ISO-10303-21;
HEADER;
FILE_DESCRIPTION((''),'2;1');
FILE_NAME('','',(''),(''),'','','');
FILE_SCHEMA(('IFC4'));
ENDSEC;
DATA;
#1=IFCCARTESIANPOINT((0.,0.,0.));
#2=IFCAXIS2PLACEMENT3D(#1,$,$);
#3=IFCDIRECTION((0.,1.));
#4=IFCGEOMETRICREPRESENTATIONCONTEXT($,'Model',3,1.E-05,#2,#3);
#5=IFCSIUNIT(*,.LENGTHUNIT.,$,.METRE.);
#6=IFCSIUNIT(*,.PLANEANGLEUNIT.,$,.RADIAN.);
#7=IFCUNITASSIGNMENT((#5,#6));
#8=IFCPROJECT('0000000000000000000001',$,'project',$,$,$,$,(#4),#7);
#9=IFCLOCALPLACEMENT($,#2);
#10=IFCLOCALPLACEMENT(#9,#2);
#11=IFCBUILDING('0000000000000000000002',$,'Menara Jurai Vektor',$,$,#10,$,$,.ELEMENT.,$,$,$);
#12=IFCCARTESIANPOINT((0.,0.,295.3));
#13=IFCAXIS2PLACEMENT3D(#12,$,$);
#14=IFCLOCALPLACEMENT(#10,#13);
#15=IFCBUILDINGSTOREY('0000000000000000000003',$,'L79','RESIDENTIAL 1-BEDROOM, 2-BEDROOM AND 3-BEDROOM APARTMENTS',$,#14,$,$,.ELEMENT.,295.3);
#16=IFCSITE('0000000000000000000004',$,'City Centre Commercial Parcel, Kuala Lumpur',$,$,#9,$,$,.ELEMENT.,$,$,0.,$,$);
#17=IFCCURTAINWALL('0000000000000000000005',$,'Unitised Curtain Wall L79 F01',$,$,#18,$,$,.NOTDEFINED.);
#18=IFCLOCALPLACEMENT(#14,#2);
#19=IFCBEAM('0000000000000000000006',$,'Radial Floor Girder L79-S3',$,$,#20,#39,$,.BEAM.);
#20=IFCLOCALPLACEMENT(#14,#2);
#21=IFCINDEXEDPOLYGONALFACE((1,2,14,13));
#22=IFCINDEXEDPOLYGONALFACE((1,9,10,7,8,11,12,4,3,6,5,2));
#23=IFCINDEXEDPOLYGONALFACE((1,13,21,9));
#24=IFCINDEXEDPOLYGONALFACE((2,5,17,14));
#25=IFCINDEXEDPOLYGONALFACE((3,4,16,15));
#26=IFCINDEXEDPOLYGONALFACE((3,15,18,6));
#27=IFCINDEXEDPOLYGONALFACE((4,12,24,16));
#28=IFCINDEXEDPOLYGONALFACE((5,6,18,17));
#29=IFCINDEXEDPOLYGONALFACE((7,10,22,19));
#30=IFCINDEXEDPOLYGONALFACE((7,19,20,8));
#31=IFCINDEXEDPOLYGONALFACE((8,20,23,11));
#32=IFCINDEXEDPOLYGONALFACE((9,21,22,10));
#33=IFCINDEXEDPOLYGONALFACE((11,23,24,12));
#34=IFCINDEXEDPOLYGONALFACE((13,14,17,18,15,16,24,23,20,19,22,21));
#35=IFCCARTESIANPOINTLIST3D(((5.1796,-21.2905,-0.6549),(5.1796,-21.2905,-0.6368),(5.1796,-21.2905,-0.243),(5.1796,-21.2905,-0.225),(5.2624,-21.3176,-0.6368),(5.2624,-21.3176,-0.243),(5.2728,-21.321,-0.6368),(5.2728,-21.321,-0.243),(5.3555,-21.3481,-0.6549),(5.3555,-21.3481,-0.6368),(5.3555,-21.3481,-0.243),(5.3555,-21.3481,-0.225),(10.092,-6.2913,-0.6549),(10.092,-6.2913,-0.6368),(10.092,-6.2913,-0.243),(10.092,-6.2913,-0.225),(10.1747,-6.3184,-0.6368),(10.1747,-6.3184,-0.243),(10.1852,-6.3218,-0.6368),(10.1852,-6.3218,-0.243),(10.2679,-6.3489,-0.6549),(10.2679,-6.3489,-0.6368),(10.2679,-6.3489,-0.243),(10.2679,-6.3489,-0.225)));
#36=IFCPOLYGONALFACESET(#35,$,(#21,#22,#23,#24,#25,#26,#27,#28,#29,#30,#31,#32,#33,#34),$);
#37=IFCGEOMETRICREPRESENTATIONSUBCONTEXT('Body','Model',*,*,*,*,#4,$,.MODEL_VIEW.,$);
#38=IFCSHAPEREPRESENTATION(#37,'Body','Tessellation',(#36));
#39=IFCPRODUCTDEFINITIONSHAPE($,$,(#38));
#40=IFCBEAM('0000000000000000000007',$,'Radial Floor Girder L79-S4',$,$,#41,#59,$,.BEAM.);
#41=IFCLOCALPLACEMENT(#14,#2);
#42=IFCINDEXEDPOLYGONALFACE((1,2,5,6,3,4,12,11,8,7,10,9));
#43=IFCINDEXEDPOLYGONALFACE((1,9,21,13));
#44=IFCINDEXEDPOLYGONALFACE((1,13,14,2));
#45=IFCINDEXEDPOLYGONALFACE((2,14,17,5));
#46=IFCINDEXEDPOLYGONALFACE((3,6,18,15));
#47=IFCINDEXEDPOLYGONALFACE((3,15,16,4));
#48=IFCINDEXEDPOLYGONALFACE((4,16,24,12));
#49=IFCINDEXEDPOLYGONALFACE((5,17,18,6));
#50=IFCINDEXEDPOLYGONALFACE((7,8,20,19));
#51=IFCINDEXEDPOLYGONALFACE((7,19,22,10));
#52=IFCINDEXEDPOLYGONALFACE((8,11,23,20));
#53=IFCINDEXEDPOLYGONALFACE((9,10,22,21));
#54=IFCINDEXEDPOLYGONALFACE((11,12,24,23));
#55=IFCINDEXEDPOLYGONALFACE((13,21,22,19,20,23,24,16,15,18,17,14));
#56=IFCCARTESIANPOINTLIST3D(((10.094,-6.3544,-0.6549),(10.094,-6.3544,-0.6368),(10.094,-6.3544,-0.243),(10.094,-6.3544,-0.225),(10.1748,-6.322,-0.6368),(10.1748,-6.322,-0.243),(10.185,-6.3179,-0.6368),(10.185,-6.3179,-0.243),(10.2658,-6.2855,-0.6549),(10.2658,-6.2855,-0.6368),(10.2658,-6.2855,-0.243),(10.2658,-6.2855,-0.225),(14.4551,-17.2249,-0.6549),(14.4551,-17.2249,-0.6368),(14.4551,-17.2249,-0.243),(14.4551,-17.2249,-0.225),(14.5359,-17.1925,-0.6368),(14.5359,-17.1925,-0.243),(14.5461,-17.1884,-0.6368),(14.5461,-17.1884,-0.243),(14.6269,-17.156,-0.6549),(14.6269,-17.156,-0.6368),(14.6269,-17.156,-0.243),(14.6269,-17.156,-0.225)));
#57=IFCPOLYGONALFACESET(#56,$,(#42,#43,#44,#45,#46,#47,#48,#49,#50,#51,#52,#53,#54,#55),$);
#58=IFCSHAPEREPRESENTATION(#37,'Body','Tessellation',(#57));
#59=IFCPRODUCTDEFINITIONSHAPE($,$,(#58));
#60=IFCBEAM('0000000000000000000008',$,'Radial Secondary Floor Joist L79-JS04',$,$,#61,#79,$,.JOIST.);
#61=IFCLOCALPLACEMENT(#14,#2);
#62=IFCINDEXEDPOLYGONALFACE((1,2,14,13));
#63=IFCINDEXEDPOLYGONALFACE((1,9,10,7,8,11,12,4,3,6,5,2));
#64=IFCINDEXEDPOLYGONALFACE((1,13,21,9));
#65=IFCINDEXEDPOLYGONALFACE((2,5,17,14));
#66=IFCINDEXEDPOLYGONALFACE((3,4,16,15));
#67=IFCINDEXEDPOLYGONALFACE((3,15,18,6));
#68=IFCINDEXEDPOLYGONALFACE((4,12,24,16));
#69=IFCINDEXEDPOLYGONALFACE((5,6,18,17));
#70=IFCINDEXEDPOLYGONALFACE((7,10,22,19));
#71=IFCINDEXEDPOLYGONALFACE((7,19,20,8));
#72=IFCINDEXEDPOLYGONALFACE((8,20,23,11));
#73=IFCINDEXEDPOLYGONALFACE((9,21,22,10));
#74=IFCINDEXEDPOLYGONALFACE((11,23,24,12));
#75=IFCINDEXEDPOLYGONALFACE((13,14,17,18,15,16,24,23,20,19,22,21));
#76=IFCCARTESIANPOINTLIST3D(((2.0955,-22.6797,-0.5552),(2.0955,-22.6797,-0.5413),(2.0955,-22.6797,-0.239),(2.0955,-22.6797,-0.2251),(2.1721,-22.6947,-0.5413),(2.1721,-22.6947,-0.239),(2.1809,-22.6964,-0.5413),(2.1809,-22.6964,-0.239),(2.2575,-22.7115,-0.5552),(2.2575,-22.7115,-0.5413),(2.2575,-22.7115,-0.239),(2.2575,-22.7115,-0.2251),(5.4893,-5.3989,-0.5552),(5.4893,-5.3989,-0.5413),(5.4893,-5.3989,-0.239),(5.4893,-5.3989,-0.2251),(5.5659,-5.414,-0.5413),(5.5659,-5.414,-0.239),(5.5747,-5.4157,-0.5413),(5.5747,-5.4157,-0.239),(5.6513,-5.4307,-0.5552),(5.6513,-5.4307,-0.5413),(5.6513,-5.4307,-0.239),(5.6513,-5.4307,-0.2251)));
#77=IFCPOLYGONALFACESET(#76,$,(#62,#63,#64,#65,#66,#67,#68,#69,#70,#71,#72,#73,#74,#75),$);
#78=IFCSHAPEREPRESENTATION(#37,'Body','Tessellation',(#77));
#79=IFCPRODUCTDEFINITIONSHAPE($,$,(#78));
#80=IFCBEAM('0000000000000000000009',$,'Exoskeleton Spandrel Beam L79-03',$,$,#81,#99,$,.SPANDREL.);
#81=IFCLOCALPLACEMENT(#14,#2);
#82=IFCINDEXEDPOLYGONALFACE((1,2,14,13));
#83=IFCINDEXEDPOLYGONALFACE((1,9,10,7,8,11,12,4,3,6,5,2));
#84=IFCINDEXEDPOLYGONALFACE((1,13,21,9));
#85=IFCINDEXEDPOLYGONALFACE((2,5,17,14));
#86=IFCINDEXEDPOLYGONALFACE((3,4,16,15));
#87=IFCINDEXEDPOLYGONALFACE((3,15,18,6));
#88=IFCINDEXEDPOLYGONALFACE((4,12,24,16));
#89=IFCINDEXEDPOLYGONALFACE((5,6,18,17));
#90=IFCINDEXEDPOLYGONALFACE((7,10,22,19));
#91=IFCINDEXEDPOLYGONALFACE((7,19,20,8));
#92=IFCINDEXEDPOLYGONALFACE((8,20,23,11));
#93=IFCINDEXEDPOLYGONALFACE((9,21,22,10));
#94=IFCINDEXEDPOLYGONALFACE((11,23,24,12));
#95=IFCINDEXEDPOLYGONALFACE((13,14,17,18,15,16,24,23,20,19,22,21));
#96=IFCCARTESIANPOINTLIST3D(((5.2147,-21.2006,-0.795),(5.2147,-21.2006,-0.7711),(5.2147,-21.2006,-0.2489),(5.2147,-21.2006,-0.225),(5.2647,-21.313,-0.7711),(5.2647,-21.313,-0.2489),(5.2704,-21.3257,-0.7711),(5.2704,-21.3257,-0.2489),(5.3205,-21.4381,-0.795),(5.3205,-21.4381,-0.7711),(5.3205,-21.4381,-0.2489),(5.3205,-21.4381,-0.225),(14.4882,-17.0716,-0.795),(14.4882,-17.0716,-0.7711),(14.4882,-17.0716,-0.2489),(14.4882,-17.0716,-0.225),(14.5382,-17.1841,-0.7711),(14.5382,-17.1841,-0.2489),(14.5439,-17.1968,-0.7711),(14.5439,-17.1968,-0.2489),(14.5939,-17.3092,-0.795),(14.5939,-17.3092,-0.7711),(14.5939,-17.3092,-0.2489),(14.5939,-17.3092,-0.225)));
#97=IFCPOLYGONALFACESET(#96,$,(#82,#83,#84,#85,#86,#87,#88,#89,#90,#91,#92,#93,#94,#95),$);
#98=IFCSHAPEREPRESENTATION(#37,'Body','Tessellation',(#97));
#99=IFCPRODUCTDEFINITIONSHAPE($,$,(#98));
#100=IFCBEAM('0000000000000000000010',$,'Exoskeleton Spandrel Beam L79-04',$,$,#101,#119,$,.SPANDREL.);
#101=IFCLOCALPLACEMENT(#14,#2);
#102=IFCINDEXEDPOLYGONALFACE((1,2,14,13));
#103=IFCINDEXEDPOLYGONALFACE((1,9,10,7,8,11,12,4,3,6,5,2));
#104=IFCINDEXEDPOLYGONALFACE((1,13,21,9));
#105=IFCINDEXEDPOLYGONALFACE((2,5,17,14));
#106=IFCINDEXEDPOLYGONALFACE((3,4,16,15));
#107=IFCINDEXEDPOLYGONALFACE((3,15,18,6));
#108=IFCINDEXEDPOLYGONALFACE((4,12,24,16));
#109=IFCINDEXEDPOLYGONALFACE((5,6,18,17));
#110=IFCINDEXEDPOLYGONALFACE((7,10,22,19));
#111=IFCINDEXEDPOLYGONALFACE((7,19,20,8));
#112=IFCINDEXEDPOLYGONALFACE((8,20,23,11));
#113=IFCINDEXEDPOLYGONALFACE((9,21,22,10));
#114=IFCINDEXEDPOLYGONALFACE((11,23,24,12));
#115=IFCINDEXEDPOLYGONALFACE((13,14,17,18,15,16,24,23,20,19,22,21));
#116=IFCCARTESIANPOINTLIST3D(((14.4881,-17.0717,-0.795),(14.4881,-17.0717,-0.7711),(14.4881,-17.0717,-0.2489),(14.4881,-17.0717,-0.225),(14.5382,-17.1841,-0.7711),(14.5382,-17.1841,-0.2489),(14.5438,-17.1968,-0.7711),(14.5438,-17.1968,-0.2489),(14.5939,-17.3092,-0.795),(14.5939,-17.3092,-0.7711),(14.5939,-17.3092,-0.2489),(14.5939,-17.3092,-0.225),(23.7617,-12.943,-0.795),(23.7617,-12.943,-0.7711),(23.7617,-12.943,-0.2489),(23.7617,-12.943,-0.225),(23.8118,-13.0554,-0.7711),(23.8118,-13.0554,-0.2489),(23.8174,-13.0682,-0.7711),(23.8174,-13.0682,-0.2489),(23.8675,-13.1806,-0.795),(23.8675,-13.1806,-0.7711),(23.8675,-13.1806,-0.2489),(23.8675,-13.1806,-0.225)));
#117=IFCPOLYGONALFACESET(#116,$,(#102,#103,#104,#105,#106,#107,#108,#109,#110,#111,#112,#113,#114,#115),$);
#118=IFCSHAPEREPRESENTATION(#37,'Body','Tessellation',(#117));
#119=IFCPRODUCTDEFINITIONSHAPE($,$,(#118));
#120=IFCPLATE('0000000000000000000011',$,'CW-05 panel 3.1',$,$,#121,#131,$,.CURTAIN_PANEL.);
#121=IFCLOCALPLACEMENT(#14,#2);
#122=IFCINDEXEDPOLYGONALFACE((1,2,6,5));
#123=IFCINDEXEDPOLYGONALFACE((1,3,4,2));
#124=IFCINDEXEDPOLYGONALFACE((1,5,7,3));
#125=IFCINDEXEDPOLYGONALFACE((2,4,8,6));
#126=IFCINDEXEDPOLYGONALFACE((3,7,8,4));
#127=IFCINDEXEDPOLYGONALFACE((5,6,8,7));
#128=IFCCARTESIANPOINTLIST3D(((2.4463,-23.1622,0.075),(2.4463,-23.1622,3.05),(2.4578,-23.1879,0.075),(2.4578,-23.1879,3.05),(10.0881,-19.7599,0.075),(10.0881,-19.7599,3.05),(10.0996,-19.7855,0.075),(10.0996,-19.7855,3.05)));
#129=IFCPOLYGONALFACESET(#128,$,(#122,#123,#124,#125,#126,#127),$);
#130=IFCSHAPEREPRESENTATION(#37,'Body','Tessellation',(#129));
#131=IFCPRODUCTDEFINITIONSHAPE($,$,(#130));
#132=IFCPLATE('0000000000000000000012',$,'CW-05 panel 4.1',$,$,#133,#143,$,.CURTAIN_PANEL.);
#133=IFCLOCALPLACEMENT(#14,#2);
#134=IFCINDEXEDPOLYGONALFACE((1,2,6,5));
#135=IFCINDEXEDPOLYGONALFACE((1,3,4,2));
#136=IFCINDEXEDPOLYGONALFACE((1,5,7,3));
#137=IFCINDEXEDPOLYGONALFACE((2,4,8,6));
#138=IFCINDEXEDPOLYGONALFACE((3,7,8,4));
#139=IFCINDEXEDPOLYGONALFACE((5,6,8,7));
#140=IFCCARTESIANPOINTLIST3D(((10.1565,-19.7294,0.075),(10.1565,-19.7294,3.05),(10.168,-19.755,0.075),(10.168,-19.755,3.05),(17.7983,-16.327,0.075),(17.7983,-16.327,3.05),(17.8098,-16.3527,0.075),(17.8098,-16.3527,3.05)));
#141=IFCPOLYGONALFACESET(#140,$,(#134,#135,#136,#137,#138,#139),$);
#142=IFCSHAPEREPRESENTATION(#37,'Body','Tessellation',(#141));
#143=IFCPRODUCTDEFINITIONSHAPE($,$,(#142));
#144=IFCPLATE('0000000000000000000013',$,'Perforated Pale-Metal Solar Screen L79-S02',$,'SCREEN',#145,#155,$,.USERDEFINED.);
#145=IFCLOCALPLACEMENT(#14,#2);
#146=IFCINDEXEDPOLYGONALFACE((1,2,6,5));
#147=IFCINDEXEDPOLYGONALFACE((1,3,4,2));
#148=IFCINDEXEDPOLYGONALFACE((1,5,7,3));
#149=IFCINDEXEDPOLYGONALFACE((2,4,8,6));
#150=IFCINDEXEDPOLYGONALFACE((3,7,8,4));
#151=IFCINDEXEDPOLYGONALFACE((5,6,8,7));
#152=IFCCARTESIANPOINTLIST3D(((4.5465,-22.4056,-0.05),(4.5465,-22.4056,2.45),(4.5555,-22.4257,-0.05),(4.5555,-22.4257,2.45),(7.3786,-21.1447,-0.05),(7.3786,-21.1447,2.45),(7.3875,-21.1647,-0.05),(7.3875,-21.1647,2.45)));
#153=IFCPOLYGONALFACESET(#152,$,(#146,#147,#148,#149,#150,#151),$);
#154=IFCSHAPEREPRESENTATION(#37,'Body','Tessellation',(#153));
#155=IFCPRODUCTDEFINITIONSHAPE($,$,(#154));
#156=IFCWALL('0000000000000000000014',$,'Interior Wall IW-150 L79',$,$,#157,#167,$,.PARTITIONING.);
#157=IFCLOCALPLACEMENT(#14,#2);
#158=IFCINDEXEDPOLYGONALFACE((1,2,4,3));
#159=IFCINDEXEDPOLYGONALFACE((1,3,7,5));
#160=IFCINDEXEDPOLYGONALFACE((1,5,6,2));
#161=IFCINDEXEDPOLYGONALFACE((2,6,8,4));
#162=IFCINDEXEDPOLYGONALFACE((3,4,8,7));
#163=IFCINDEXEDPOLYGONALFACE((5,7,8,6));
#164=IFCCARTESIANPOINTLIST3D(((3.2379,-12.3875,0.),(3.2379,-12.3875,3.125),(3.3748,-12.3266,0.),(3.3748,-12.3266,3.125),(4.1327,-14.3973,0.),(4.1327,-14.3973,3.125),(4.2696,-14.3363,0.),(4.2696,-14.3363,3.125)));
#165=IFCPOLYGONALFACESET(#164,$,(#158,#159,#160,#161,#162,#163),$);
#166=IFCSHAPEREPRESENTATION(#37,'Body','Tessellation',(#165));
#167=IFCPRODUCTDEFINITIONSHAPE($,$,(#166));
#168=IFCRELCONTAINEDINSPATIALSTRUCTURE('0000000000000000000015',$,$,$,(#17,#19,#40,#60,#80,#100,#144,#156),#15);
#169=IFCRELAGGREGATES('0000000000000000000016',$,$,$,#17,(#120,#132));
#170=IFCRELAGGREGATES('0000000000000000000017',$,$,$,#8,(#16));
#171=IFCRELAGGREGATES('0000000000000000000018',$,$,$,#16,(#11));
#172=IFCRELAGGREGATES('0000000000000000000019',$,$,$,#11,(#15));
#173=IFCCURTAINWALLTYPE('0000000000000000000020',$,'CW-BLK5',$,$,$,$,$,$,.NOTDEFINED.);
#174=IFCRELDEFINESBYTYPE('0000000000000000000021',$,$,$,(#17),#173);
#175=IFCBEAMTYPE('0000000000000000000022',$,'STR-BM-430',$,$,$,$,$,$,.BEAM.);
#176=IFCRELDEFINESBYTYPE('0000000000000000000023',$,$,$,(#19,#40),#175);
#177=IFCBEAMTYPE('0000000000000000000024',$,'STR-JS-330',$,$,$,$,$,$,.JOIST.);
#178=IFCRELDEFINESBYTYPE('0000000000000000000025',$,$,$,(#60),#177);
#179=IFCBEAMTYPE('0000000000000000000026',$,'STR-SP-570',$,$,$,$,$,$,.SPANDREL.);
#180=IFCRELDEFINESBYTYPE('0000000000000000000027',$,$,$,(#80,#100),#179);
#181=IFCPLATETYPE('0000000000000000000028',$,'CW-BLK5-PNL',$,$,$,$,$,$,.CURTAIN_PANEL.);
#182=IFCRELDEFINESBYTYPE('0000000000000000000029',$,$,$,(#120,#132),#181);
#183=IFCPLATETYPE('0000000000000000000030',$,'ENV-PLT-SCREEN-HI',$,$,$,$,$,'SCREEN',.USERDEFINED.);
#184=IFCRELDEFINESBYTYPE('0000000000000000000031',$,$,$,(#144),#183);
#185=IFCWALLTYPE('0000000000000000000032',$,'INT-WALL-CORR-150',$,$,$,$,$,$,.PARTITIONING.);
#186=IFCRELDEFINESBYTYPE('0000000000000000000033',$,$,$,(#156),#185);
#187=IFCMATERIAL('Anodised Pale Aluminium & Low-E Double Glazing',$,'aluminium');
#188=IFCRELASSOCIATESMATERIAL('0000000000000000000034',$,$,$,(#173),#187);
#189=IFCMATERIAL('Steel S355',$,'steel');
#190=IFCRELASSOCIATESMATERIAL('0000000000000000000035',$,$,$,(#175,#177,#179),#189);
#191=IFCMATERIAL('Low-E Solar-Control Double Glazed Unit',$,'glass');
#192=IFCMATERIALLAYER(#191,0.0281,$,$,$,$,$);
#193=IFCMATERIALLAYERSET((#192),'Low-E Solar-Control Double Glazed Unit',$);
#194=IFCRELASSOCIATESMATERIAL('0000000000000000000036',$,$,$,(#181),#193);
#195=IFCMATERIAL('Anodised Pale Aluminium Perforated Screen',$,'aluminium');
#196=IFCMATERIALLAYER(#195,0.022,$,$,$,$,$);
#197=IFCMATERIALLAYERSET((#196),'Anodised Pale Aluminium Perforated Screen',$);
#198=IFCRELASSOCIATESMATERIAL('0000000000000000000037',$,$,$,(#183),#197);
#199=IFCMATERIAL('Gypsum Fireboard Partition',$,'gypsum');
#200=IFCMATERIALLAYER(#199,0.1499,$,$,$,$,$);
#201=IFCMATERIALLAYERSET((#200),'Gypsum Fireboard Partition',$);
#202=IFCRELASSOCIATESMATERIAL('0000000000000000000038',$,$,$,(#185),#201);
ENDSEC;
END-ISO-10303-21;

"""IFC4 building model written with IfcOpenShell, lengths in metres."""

from ifc_helpers import new_model, si_unit, direction, frame, frame_2d, origin, origin_2d, place, context, subcontext, project, spatial, rectangle, i_section, extrude, material, layer, layer_set, material_profile, profile_set, type_object, element, aggregate, save


model = new_model("IFC4")

# Units and contexts
model_context = context("Model", 3, precision=1e-05, world=origin(), true_north=direction((0.0, 1.0)))
body_context = subcontext(model_context, "Body", "Model", "MODEL_VIEW")
ifc_project = project(units=[si_unit("LENGTHUNIT", "METRE"), si_unit("PLANEANGLEUNIT", "RADIAN")], contexts=[model_context])

# Site, building, storey
site_placement = place(None, origin())
site = spatial("IfcSite", under=ifc_project, at=site_placement, Name="City Centre Commercial Parcel, Kuala Lumpur", CompositionType="ELEMENT", RefElevation=0.0)
building_placement = place(site_placement, origin())
building = spatial("IfcBuilding", under=site, at=building_placement, Name="Menara Jurai Vektor", CompositionType="ELEMENT")
storey_placement = place(building_placement, frame((0.0, 0.0, 295.3)))
storey = spatial("IfcBuildingStorey", under=building, at=storey_placement, Name="L79", Description="RESIDENTIAL 1-BEDROOM, 2-BEDROOM AND 3-BEDROOM APARTMENTS", CompositionType="ELEMENT", Elevation=295.3)

# Curtain wall
ifc_material_1 = material(Name="Anodised Pale Aluminium & Low-E Double Glazing", Category="aluminium")
curtain_wall_type = type_object("IfcCurtainWallType", Name="CW-BLK5", PredefinedType="NOTDEFINED", material=ifc_material_1)
curtain_wall_placement = place(storey_placement, origin())
curtain_wall = element("IfcCurtainWall", 1, at=curtain_wall_placement, inside=storey, type_object=curtain_wall_type, Name="Unitised Curtain Wall L79 F01", PredefinedType="NOTDEFINED")

# Beams
ifc_material_2 = material(Name="Steel S355", Category="steel")
ifc_material_profile_1 = material_profile(ifc_material_2, i_section(OverallWidth=0.1851, OverallDepth=0.4299, WebThickness=0.011, FlangeThickness=0.0181, at=origin_2d()), Name="PG 430x185x76")
ifc_profile_set_1 = profile_set([ifc_material_profile_1], Name="Steel S355")
beam_type_1 = type_object("IfcBeamType", Name="STR-BM-430", PredefinedType="BEAM", material=ifc_profile_set_1)
beam_1_placement = place(storey_placement, frame((5.2676, -21.3193, -0.4399), z_axis=(0.311239, 0.950332, 0.0), x_axis=(-0.950332, 0.311239, 0.0)))
element("IfcBeam", 2, at=beam_1_placement, inside=storey, type_object=beam_type_1, Name="Radial Floor Girder L79-S3", PredefinedType="BEAM", context=body_context, shape_type="SweptSolid", body=[
    extrude(i_section(OverallWidth=0.1851, OverallDepth=0.4299, WebThickness=0.011, FlangeThickness=0.0181, at=origin_2d()), origin(), (0.0, 0.0, 1.0), 15.7832),
])
beam_2_placement = place(storey_placement, frame((14.541, -17.1904, -0.4399), z_axis=(-0.372343, 0.928095, 0.0), x_axis=(-0.928095, -0.372343, 0.0)))
element("IfcBeam", 3, at=beam_2_placement, inside=storey, type_object=beam_type_1, Name="Radial Floor Girder L79-S4", PredefinedType="BEAM", context=body_context, shape_type="SweptSolid", body=[
    extrude(i_section(OverallWidth=0.1851, OverallDepth=0.4299, WebThickness=0.011, FlangeThickness=0.0181, at=origin_2d()), origin(), (0.0, 0.0, 1.0), 11.7126),
])
ifc_material_profile_2 = material_profile(ifc_material_2, i_section(OverallWidth=0.165, OverallDepth=0.3301, WebThickness=0.009, FlangeThickness=0.0139, at=origin_2d()), Name="PG 330x165x46")
ifc_profile_set_2 = profile_set([ifc_material_profile_2], Name="Steel S355")
beam_type_2 = type_object("IfcBeamType", Name="STR-JS-330", PredefinedType="JOIST", material=ifc_profile_set_2)
beam_3_placement = place(storey_placement, frame((2.1765, -22.6956, -0.3901), z_axis=(0.192711, 0.981256, 0.0), x_axis=(-0.981256, 0.192711, 0.0)))
element("IfcBeam", 4, at=beam_3_placement, inside=storey, type_object=beam_type_2, Name="Radial Secondary Floor Joist L79-JS04", PredefinedType="JOIST", context=body_context, shape_type="SweptSolid", body=[
    extrude(i_section(OverallWidth=0.165, OverallDepth=0.3301, WebThickness=0.009, FlangeThickness=0.0139, at=origin_2d()), origin(), (0.0, 0.0, 1.0), 17.6108),
])
ifc_material_profile_3 = material_profile(ifc_material_2, i_section(OverallWidth=0.26, OverallDepth=0.5701, WebThickness=0.0139, FlangeThickness=0.0239, at=origin_2d()), Name="PG 570x260x145")
ifc_profile_set_3 = profile_set([ifc_material_profile_3], Name="Steel S355")
beam_type_3 = type_object("IfcBeamType", Name="STR-SP-570", PredefinedType="SPANDREL", material=ifc_profile_set_3)
for number, where, z_axis, x_axis, name in (
    (5, (5.2676, -21.3193, -0.51), (0.913542, 0.406745, 0.0), (-0.406745, 0.913542, 0.0), "Exoskeleton Spandrel Beam L79-03"),
    (6, (14.541, -17.1904, -0.51), (0.913554, 0.406716, 0.0), (-0.406716, 0.913554, 0.0), "Exoskeleton Spandrel Beam L79-04"),
):
    element("IfcBeam", number, at=place(storey_placement, frame(where, z_axis=z_axis, x_axis=x_axis)), inside=storey, type_object=beam_type_3, Name=name, PredefinedType="SPANDREL", context=body_context, shape_type="SweptSolid", body=[
        extrude(i_section(OverallWidth=0.26, OverallDepth=0.5701, WebThickness=0.0139, FlangeThickness=0.0239, at=origin_2d()), origin(), (0.0, 0.0, 1.0), 10.1511),
    ])

# Plates
ifc_material_3 = material(Name="Low-E Solar-Control Double Glazed Unit", Category="glass")
ifc_layer_1 = layer(ifc_material_3, 0.0281)
ifc_layer_set_1 = layer_set([ifc_layer_1], Name="Low-E Solar-Control Double Glazed Unit")
plate_type_1 = type_object("IfcPlateType", Name="CW-BLK5-PNL", PredefinedType="CURTAIN_PANEL", material=ifc_layer_set_1)
plate_1_placement = place(storey_placement, frame((6.2729, -21.4739, 0.075), z_axis=(0.0, 0.0, 1.0), x_axis=(0.913546, 0.406735, 0.0)))
plate_1 = element("IfcPlate", 7, at=plate_1_placement, type_object=plate_type_1, Name="CW-05 panel 3.1", PredefinedType="CURTAIN_PANEL", context=body_context, shape_type="SweptSolid", body=[
    extrude(rectangle(XDim=8.365, YDim=0.0281, at=origin_2d()), origin(), (0.0, 0.0, 1.0), 2.9751),
])
plate_2_placement = place(storey_placement, frame((13.9832, -18.041, 0.075), z_axis=(0.0, 0.0, 1.0), x_axis=(0.913546, 0.406735, 0.0)))
plate_2 = element("IfcPlate", 8, at=plate_2_placement, type_object=plate_type_1, Name="CW-05 panel 4.1", PredefinedType="CURTAIN_PANEL", context=body_context, shape_type="SweptSolid", body=[
    extrude(rectangle(XDim=8.365, YDim=0.0281, at=origin_2d()), origin(), (0.0, 0.0, 1.0), 2.9751),
])
aggregate(curtain_wall, [plate_1, plate_2])
ifc_material_4 = material(Name="Anodised Pale Aluminium Perforated Screen", Category="aluminium")
ifc_layer_2 = layer(ifc_material_4, 0.022)
ifc_layer_set_2 = layer_set([ifc_layer_2], Name="Anodised Pale Aluminium Perforated Screen")
plate_type_2 = type_object("IfcPlateType", Name="ENV-PLT-SCREEN-HI", ElementType="SCREEN", PredefinedType="USERDEFINED", material=ifc_layer_set_2)
plate_3_placement = place(storey_placement, frame((5.967, -21.7852, -0.05), z_axis=(0.0, 0.0, 1.0), x_axis=(0.913545, 0.406737, 0.0)))
element("IfcPlate", 9, at=plate_3_placement, inside=storey, type_object=plate_type_2, Name="Perforated Pale-Metal Solar Screen L79-S02", ObjectType="SCREEN", PredefinedType="USERDEFINED", context=body_context, shape_type="SweptSolid", body=[
    extrude(rectangle(XDim=3.1001, YDim=0.022, at=origin_2d()), origin(), (0.0, 0.0, 1.0), 2.5),
])

# Shared definitions
ifc_material_5 = material(Name="Gypsum Fireboard Partition", Category="gypsum")
ifc_layer_3 = layer(ifc_material_5, 0.1499)
ifc_layer_set_3 = layer_set([ifc_layer_3], Name="Gypsum Fireboard Partition")
wall_type_1 = type_object("IfcWallType", Name="INT-WALL-CORR-150", PredefinedType="PARTITIONING", material=ifc_layer_set_3)

# Wall
wall_1_placement = place(storey_placement, frame((4.2012, -14.3669, 0.0), z_axis=(0.0, 0.0, 1.0), x_axis=(-0.406725, 0.913551, 0.0)))
element("IfcWall", 10, at=wall_1_placement, inside=storey, type_object=wall_type_1, Name="Interior Wall IW-150 L79", PredefinedType="PARTITIONING", context=body_context, shape_type="SweptSolid", body=[
    extrude(rectangle(XDim=2.2, YDim=0.1499, at=frame_2d((1.1001, 0.0))), origin(), (0.0, 0.0, 1.0), 3.125),
])

save(model, "model.ifc")
